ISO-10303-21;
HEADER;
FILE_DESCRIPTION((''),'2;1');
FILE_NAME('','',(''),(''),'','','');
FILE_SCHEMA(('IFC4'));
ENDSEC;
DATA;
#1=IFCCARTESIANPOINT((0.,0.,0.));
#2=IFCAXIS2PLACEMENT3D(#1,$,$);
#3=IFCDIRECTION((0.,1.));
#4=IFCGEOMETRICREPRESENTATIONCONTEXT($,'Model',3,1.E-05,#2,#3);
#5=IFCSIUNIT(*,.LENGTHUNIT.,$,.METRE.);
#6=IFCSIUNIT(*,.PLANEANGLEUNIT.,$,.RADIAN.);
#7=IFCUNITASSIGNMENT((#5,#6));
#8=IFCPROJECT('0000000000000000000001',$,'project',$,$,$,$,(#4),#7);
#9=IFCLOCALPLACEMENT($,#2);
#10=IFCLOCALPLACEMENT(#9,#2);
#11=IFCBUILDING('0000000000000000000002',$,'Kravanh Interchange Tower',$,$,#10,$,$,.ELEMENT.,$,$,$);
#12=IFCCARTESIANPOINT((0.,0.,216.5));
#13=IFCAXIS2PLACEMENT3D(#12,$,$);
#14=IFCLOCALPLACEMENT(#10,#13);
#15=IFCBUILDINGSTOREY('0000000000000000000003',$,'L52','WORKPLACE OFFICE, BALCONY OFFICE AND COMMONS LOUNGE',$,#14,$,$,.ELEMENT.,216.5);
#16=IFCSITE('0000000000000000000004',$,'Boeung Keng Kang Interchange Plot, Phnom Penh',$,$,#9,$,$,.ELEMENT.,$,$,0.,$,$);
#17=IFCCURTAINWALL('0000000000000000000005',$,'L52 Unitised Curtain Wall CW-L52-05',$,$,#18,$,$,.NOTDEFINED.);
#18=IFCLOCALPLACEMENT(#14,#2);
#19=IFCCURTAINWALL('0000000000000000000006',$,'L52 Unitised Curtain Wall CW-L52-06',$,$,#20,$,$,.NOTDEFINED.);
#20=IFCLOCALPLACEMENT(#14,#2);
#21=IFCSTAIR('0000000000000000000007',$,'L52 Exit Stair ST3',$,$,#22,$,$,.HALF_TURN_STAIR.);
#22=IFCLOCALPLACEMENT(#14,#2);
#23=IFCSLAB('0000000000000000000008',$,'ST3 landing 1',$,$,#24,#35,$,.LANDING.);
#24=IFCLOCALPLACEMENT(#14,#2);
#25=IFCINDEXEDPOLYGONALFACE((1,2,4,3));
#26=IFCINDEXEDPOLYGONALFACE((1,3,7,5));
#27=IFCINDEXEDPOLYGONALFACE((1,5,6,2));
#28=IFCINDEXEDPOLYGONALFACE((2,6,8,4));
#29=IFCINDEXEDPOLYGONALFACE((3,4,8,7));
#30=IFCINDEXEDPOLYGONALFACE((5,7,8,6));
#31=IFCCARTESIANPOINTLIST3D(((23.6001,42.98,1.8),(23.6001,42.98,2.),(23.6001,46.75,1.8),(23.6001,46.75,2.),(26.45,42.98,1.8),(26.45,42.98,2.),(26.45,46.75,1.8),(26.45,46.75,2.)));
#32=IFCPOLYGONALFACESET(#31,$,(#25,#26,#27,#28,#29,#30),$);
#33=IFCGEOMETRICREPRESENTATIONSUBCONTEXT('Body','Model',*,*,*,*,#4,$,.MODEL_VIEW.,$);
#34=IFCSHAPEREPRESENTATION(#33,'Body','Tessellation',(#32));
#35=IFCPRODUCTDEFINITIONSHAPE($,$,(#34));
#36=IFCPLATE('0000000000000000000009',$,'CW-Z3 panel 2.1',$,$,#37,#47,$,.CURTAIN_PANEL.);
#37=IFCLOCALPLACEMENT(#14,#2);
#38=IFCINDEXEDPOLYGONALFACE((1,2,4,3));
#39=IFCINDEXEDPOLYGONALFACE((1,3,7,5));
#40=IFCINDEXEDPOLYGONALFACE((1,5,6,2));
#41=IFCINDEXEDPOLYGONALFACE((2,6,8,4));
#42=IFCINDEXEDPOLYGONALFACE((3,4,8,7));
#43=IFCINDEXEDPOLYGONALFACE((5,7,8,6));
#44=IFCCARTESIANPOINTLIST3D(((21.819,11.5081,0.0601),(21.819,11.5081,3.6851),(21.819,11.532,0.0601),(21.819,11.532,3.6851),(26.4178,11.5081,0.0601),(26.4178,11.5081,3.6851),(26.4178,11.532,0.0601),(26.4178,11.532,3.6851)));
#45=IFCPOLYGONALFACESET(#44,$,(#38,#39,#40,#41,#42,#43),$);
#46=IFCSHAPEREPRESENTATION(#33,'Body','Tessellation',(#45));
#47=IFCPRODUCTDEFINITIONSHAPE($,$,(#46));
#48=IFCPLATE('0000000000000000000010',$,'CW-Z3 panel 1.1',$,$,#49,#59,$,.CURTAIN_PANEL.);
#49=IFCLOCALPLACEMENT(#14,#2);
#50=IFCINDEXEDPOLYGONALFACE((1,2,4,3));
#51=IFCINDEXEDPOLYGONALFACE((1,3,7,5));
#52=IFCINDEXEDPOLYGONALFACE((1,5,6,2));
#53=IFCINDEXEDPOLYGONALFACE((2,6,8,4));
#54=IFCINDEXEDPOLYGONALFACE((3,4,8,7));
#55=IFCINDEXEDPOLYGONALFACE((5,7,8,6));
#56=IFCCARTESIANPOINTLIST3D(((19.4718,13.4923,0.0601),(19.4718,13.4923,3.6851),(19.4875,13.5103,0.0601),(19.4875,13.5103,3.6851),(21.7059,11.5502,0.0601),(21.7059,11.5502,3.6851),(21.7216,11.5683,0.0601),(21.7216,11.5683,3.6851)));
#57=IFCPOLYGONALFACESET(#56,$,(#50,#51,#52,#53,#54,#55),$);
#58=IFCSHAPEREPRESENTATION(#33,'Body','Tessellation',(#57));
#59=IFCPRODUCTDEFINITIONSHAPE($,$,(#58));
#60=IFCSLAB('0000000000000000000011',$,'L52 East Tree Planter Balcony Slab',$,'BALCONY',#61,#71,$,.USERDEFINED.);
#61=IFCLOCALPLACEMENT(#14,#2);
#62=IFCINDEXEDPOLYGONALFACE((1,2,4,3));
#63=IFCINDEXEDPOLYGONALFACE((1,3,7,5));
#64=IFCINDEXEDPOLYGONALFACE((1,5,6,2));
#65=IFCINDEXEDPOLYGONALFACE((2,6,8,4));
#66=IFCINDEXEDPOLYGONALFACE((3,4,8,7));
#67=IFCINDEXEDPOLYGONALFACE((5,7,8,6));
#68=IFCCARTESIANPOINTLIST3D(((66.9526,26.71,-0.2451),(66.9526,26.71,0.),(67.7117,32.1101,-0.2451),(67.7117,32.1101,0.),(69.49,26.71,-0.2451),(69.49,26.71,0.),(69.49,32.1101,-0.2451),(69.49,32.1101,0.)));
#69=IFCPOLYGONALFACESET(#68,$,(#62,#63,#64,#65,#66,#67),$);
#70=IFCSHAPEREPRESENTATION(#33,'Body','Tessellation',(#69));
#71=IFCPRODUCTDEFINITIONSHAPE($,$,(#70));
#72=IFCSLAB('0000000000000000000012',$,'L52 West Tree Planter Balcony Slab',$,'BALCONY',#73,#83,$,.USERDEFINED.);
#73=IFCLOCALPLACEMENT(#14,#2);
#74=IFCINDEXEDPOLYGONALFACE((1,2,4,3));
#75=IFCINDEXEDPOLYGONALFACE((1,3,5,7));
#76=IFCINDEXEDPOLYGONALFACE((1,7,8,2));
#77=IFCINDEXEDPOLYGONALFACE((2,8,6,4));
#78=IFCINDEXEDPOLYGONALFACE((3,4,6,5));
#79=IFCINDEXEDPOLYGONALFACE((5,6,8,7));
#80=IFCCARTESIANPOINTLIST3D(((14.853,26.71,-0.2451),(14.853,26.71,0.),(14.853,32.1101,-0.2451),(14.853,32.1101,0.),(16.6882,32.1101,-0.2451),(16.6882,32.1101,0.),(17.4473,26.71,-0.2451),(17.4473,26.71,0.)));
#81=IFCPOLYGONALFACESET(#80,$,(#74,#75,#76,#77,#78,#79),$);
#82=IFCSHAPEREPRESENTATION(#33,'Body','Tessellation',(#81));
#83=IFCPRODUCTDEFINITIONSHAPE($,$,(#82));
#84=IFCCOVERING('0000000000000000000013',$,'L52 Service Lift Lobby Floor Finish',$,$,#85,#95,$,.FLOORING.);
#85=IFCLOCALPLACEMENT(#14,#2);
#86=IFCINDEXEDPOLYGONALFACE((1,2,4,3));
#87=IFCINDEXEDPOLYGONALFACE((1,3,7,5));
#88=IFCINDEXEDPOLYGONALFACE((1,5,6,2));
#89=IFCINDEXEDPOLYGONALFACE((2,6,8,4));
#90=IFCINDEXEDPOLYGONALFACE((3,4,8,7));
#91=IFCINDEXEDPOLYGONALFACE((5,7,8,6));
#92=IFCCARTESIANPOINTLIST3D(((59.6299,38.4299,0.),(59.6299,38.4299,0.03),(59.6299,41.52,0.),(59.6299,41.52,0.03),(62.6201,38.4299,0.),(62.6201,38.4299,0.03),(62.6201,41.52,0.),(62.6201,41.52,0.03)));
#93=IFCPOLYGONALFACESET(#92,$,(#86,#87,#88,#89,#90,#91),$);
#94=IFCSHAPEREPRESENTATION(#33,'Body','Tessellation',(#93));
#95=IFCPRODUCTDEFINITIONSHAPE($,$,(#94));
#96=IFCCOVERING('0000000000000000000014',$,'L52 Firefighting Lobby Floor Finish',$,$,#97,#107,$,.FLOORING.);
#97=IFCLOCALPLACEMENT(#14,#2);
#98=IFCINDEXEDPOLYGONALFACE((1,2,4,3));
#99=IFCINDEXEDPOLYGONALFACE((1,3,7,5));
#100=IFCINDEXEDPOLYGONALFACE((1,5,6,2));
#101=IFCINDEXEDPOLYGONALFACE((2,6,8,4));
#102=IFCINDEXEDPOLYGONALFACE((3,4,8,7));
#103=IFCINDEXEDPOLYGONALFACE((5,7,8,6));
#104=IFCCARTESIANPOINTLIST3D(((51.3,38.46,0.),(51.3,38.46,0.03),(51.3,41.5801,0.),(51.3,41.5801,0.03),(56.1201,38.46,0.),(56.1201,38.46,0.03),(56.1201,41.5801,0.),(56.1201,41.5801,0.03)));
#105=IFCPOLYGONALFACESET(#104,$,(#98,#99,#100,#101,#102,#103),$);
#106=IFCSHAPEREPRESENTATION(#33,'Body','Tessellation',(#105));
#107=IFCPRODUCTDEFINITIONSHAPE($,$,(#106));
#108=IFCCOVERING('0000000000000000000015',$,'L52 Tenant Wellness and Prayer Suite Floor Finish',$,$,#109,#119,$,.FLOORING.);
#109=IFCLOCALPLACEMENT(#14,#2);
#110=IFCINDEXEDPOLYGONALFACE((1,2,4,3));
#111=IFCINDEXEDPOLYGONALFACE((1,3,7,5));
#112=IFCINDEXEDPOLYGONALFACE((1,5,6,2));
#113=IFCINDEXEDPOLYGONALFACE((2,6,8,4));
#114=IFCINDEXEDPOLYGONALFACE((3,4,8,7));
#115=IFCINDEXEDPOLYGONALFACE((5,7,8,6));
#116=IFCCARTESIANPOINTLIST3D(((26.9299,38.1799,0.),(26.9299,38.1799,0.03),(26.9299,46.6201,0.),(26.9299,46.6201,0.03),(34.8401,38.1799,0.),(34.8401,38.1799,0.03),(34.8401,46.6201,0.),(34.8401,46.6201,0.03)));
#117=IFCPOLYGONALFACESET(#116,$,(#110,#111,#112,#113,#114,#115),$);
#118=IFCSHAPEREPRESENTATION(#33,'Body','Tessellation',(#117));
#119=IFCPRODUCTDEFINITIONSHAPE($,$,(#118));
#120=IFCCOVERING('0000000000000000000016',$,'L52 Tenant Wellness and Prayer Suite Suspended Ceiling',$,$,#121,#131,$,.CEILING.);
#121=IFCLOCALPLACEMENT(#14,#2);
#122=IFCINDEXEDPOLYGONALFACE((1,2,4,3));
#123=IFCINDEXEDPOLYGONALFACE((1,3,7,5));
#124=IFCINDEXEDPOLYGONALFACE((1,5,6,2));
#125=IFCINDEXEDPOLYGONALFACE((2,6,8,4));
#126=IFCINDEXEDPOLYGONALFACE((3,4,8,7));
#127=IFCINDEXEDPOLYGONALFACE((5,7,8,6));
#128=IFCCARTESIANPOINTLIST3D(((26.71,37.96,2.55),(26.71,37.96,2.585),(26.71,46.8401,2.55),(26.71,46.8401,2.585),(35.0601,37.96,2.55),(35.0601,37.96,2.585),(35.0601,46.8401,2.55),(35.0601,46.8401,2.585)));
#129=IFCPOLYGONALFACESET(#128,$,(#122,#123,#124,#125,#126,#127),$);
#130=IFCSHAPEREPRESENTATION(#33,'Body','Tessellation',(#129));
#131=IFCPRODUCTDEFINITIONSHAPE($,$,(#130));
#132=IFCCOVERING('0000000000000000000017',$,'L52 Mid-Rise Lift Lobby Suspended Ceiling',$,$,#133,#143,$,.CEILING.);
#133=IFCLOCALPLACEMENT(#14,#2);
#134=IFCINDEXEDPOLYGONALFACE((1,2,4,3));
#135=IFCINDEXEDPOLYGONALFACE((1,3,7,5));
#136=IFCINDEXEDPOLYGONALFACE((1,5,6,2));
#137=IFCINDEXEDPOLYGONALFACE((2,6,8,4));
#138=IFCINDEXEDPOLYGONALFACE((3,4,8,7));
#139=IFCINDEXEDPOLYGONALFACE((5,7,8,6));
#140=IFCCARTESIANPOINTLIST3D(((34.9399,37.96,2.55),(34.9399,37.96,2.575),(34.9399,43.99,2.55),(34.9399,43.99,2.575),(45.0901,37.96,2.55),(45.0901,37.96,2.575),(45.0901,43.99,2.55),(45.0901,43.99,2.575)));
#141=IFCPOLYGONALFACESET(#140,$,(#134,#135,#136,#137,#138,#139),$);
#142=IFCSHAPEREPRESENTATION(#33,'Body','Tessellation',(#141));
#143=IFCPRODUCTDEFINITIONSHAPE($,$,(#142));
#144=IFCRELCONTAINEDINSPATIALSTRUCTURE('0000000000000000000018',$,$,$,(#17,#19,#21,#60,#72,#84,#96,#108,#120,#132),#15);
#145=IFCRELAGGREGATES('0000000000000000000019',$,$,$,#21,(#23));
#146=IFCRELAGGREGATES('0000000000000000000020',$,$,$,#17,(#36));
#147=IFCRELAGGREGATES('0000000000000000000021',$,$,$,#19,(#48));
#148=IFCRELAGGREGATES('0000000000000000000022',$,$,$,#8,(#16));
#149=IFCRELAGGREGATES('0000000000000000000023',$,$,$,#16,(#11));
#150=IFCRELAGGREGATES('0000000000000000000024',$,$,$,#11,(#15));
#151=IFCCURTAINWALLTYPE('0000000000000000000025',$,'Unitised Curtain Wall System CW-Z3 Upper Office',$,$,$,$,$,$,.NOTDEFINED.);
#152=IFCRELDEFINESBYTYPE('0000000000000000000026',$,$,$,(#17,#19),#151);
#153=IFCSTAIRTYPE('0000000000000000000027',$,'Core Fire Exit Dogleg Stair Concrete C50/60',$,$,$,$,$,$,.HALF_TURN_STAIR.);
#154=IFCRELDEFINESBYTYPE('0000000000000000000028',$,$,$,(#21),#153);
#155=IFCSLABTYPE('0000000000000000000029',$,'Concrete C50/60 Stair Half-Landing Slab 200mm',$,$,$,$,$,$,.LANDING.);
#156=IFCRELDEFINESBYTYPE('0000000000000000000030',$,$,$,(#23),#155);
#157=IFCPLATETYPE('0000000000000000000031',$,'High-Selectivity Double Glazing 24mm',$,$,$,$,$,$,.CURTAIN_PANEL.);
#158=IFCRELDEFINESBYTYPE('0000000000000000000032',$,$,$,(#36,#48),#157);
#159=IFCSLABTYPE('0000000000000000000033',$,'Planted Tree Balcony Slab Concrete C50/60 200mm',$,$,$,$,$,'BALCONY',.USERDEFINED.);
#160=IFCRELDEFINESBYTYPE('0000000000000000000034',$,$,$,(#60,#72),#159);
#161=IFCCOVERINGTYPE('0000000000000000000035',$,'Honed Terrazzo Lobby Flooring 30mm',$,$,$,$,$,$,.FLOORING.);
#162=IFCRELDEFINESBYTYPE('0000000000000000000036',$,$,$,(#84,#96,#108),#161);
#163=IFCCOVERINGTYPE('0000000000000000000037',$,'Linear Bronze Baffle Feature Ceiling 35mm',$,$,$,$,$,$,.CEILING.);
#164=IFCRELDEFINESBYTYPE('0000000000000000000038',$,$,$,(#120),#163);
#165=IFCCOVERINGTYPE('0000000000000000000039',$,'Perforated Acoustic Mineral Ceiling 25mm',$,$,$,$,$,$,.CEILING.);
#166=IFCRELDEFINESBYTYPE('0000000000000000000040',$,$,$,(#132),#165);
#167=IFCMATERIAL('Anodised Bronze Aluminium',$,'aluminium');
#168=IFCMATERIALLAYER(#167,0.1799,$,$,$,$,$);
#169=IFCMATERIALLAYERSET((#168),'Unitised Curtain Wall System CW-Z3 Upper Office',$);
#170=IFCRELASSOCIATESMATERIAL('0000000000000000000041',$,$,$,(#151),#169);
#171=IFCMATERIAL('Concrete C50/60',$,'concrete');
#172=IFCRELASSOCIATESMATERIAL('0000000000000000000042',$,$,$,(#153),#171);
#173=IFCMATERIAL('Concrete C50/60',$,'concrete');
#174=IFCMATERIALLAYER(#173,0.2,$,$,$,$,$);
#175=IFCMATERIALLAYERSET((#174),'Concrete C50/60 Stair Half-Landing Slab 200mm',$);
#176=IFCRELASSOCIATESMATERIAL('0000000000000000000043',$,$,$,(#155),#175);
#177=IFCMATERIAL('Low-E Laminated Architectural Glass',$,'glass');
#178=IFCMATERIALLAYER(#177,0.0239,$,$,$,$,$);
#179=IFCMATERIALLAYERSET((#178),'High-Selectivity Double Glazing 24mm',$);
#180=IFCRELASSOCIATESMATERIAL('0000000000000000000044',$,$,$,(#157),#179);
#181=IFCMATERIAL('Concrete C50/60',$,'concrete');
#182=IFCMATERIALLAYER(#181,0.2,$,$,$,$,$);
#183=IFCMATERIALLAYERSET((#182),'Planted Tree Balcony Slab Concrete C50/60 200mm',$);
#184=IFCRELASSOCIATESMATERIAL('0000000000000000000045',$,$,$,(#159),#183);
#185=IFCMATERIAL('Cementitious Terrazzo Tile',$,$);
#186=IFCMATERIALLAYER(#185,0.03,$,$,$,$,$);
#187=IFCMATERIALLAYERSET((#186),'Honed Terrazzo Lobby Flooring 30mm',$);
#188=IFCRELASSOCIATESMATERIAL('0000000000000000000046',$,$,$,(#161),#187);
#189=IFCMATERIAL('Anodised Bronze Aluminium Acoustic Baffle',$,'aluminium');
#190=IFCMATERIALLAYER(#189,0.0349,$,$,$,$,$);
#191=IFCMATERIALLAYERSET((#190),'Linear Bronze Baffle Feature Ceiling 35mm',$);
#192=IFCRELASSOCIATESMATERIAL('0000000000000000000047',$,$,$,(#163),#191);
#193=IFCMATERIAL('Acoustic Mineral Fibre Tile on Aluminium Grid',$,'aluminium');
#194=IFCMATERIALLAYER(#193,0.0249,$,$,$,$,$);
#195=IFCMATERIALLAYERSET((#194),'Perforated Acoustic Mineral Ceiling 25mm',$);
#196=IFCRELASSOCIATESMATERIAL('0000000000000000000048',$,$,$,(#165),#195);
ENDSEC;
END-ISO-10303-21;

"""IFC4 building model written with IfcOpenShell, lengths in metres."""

from ifc_helpers import new_model, si_unit, direction, frame, origin, origin_2d, place, context, subcontext, project, spatial, polyline, rectangle, outline, extrude, material, layer, layer_set, type_object, element, aggregate, save


model = new_model("IFC4")

# Units and contexts
model_context = context("Model", 3, precision=1e-05, world=origin(), true_north=direction((0.0, 1.0)))
body_context = subcontext(model_context, "Body", "Model", "MODEL_VIEW")
ifc_project = project(units=[si_unit("LENGTHUNIT", "METRE"), si_unit("PLANEANGLEUNIT", "RADIAN")], contexts=[model_context])

# Site, building, storey
site_placement = place(None, origin())
site = spatial("IfcSite", under=ifc_project, at=site_placement, Name="Boeung Keng Kang Interchange Plot, Phnom Penh", CompositionType="ELEMENT", RefElevation=0.0)
building_placement = place(site_placement, origin())
building = spatial("IfcBuilding", under=site, at=building_placement, Name="Kravanh Interchange Tower", CompositionType="ELEMENT")
storey_placement = place(building_placement, frame((0.0, 0.0, 216.5)))
storey = spatial("IfcBuildingStorey", under=building, at=storey_placement, Name="L52", Description="WORKPLACE OFFICE, BALCONY OFFICE AND COMMONS LOUNGE", CompositionType="ELEMENT", Elevation=216.5)

# Curtain wall
ifc_material_1 = material(Name="Anodised Bronze Aluminium", Category="aluminium")
ifc_layer_1 = layer(ifc_material_1, 0.1799)
ifc_layer_set_1 = layer_set([ifc_layer_1], Name="Unitised Curtain Wall System CW-Z3 Upper Office")
curtain_wall_type = type_object("IfcCurtainWallType", Name="Unitised Curtain Wall System CW-Z3 Upper Office", PredefinedType="NOTDEFINED", material=ifc_layer_set_1)
curtain_wall_1_placement = place(storey_placement, origin())
curtain_wall_1 = element("IfcCurtainWall", 1, at=curtain_wall_1_placement, inside=storey, type_object=curtain_wall_type, Name="L52 Unitised Curtain Wall CW-L52-05", PredefinedType="NOTDEFINED")

# Curtain wall
curtain_wall_2_placement = place(storey_placement, origin())
curtain_wall_2 = element("IfcCurtainWall", 2, at=curtain_wall_2_placement, inside=storey, type_object=curtain_wall_type, Name="L52 Unitised Curtain Wall CW-L52-06", PredefinedType="NOTDEFINED")

# Stair, slab
ifc_material_2 = material(Name="Concrete C50/60", Category="concrete")
stair_type = type_object("IfcStairType", Name="Core Fire Exit Dogleg Stair Concrete C50/60", PredefinedType="HALF_TURN_STAIR", material=ifc_material_2)
ifc_material_3 = material(Name="Concrete C50/60", Category="concrete")
ifc_layer_2 = layer(ifc_material_3, 0.2)
ifc_layer_set_2 = layer_set([ifc_layer_2], Name="Concrete C50/60 Stair Half-Landing Slab 200mm")
slab_type_1 = type_object("IfcSlabType", Name="Concrete C50/60 Stair Half-Landing Slab 200mm", PredefinedType="LANDING", material=ifc_layer_set_2)
stair_1_placement = place(storey_placement, origin())
stair_1 = element("IfcStair", 3, at=stair_1_placement, inside=storey, type_object=stair_type, Name="L52 Exit Stair ST3", PredefinedType="HALF_TURN_STAIR")
slab_1_placement = place(storey_placement, frame((0.0, 0.0, 1.8)))
slab_1 = element("IfcSlab", 4, at=slab_1_placement, type_object=slab_type_1, Name="ST3 landing 1", PredefinedType="LANDING", context=body_context, shape_type="SweptSolid", body=[
    extrude(outline(polyline([(26.45, 42.98), (26.45, 46.75), (23.6001, 46.75), (23.6001, 42.98), (26.45, 42.98)])), origin(), (0.0, 0.0, 1.0), 0.2),
])
aggregate(stair_1, [slab_1])

# Plates
ifc_material_4 = material(Name="Low-E Laminated Architectural Glass", Category="glass")
ifc_layer_3 = layer(ifc_material_4, 0.0239)
ifc_layer_set_3 = layer_set([ifc_layer_3], Name="High-Selectivity Double Glazing 24mm")
plate_type = type_object("IfcPlateType", Name="High-Selectivity Double Glazing 24mm", PredefinedType="CURTAIN_PANEL", material=ifc_layer_set_3)
plate_1_placement = place(storey_placement, frame((24.1184, 11.52, 0.0601), z_axis=(0.0, 0.0, 1.0), x_axis=(-1.0, 0.0, 0.0)))
plate_1 = element("IfcPlate", 5, at=plate_1_placement, type_object=plate_type, Name="CW-Z3 panel 2.1", PredefinedType="CURTAIN_PANEL", context=body_context, shape_type="SweptSolid", body=[
    extrude(rectangle(XDim=4.5989, YDim=0.0239, at=origin_2d()), origin(), (0.0, 0.0, 1.0), 3.625),
])
aggregate(curtain_wall_1, [plate_1])
plate_2_placement = place(storey_placement, frame((20.5967, 12.5303, 0.0601), z_axis=(0.0, 0.0, 1.0), x_axis=(-0.754717, 0.656051, 0.0)))
plate_2 = element("IfcPlate", 6, at=plate_2_placement, type_object=plate_type, Name="CW-Z3 panel 1.1", PredefinedType="CURTAIN_PANEL", context=body_context, shape_type="SweptSolid", body=[
    extrude(rectangle(XDim=2.9602, YDim=0.0239, at=origin_2d()), origin(), (0.0, 0.0, 1.0), 3.625),
])
aggregate(curtain_wall_2, [plate_2])

# Slabs
ifc_material_5 = material(Name="Concrete C50/60", Category="concrete")
ifc_layer_4 = layer(ifc_material_5, 0.2)
ifc_layer_set_4 = layer_set([ifc_layer_4], Name="Planted Tree Balcony Slab Concrete C50/60 200mm")
slab_type_2 = type_object("IfcSlabType", Name="Planted Tree Balcony Slab Concrete C50/60 200mm", ElementType="BALCONY", PredefinedType="USERDEFINED", material=ifc_layer_set_4)
slab_2_placement = place(storey_placement, frame((0.0, 0.0, -0.2451)))
element("IfcSlab", 7, at=slab_2_placement, inside=storey, type_object=slab_type_2, Name="L52 East Tree Planter Balcony Slab", ObjectType="BALCONY", PredefinedType="USERDEFINED", context=body_context, shape_type="SweptSolid", body=[
    extrude(outline(polyline([(69.49, 32.1101), (69.49, 26.71), (66.9526, 26.71), (67.7117, 32.1101), (69.49, 32.1101)])), origin(), (0.0, 0.0, 1.0), 0.2451),
])
slab_3_placement = place(storey_placement, frame((0.0, 0.0, -0.2451)))
element("IfcSlab", 8, at=slab_3_placement, inside=storey, type_object=slab_type_2, Name="L52 West Tree Planter Balcony Slab", ObjectType="BALCONY", PredefinedType="USERDEFINED", context=body_context, shape_type="SweptSolid", body=[
    extrude(outline(polyline([(14.853, 26.71), (14.853, 32.1101), (16.6882, 32.1101), (17.4473, 26.71), (14.853, 26.71)])), origin(), (0.0, 0.0, 1.0), 0.2451),
])

# Coverings
ifc_material_6 = material(Name="Cementitious Terrazzo Tile")
ifc_layer_5 = layer(ifc_material_6, 0.03)
ifc_layer_set_5 = layer_set([ifc_layer_5], Name="Honed Terrazzo Lobby Flooring 30mm")
covering_type_1 = type_object("IfcCoveringType", Name="Honed Terrazzo Lobby Flooring 30mm", PredefinedType="FLOORING", material=ifc_layer_set_5)
covering_1_placement = place(storey_placement, origin())
element("IfcCovering", 9, at=covering_1_placement, inside=storey, type_object=covering_type_1, Name="L52 Service Lift Lobby Floor Finish", PredefinedType="FLOORING", context=body_context, shape_type="SweptSolid", body=[
    extrude(outline(polyline([(59.6299, 41.52), (62.6201, 41.52), (62.6201, 38.4299), (59.6299, 38.4299), (59.6299, 41.52)])), origin(), (0.0, 0.0, 1.0), 0.03),
])
covering_2_placement = place(storey_placement, origin())
element("IfcCovering", 10, at=covering_2_placement, inside=storey, type_object=covering_type_1, Name="L52 Firefighting Lobby Floor Finish", PredefinedType="FLOORING", context=body_context, shape_type="SweptSolid", body=[
    extrude(outline(polyline([(56.1201, 38.46), (51.3, 38.46), (51.3, 41.5801), (56.1201, 41.5801), (56.1201, 38.46)])), origin(), (0.0, 0.0, 1.0), 0.03),
])
covering_3_placement = place(storey_placement, origin())
element("IfcCovering", 11, at=covering_3_placement, inside=storey, type_object=covering_type_1, Name="L52 Tenant Wellness and Prayer Suite Floor Finish", PredefinedType="FLOORING", context=body_context, shape_type="SweptSolid", body=[
    extrude(outline(polyline([(26.9299, 46.6201), (34.8401, 46.6201), (34.8401, 38.1799), (26.9299, 38.1799), (26.9299, 46.6201)])), origin(), (0.0, 0.0, 1.0), 0.03),
])
ifc_material_7 = material(Name="Anodised Bronze Aluminium Acoustic Baffle", Category="aluminium")
ifc_layer_6 = layer(ifc_material_7, 0.0349)
ifc_layer_set_6 = layer_set([ifc_layer_6], Name="Linear Bronze Baffle Feature Ceiling 35mm")
covering_type_2 = type_object("IfcCoveringType", Name="Linear Bronze Baffle Feature Ceiling 35mm", PredefinedType="CEILING", material=ifc_layer_set_6)
covering_4_placement = place(storey_placement, frame((0.0, 0.0, 2.55)))
element("IfcCovering", 12, at=covering_4_placement, inside=storey, type_object=covering_type_2, Name="L52 Tenant Wellness and Prayer Suite Suspended Ceiling", PredefinedType="CEILING", context=body_context, shape_type="SweptSolid", body=[
    extrude(outline(polyline([(35.0601, 37.96), (26.71, 37.96), (26.71, 46.8401), (35.0601, 46.8401), (35.0601, 37.96)])), origin(), (0.0, 0.0, 1.0), 0.0349),
])
ifc_material_8 = material(Name="Acoustic Mineral Fibre Tile on Aluminium Grid", Category="aluminium")
ifc_layer_7 = layer(ifc_material_8, 0.0249)
ifc_layer_set_7 = layer_set([ifc_layer_7], Name="Perforated Acoustic Mineral Ceiling 25mm")
covering_type_3 = type_object("IfcCoveringType", Name="Perforated Acoustic Mineral Ceiling 25mm", PredefinedType="CEILING", material=ifc_layer_set_7)
covering_5_placement = place(storey_placement, frame((0.0, 0.0, 2.55)))
element("IfcCovering", 13, at=covering_5_placement, inside=storey, type_object=covering_type_3, Name="L52 Mid-Rise Lift Lobby Suspended Ceiling", PredefinedType="CEILING", context=body_context, shape_type="SweptSolid", body=[
    extrude(outline(polyline([(45.0901, 37.96), (34.9399, 37.96), (34.9399, 43.99), (45.0901, 43.99), (45.0901, 37.96)])), origin(), (0.0, 0.0, 1.0), 0.0249),
])

save(model, "model.ifc")
